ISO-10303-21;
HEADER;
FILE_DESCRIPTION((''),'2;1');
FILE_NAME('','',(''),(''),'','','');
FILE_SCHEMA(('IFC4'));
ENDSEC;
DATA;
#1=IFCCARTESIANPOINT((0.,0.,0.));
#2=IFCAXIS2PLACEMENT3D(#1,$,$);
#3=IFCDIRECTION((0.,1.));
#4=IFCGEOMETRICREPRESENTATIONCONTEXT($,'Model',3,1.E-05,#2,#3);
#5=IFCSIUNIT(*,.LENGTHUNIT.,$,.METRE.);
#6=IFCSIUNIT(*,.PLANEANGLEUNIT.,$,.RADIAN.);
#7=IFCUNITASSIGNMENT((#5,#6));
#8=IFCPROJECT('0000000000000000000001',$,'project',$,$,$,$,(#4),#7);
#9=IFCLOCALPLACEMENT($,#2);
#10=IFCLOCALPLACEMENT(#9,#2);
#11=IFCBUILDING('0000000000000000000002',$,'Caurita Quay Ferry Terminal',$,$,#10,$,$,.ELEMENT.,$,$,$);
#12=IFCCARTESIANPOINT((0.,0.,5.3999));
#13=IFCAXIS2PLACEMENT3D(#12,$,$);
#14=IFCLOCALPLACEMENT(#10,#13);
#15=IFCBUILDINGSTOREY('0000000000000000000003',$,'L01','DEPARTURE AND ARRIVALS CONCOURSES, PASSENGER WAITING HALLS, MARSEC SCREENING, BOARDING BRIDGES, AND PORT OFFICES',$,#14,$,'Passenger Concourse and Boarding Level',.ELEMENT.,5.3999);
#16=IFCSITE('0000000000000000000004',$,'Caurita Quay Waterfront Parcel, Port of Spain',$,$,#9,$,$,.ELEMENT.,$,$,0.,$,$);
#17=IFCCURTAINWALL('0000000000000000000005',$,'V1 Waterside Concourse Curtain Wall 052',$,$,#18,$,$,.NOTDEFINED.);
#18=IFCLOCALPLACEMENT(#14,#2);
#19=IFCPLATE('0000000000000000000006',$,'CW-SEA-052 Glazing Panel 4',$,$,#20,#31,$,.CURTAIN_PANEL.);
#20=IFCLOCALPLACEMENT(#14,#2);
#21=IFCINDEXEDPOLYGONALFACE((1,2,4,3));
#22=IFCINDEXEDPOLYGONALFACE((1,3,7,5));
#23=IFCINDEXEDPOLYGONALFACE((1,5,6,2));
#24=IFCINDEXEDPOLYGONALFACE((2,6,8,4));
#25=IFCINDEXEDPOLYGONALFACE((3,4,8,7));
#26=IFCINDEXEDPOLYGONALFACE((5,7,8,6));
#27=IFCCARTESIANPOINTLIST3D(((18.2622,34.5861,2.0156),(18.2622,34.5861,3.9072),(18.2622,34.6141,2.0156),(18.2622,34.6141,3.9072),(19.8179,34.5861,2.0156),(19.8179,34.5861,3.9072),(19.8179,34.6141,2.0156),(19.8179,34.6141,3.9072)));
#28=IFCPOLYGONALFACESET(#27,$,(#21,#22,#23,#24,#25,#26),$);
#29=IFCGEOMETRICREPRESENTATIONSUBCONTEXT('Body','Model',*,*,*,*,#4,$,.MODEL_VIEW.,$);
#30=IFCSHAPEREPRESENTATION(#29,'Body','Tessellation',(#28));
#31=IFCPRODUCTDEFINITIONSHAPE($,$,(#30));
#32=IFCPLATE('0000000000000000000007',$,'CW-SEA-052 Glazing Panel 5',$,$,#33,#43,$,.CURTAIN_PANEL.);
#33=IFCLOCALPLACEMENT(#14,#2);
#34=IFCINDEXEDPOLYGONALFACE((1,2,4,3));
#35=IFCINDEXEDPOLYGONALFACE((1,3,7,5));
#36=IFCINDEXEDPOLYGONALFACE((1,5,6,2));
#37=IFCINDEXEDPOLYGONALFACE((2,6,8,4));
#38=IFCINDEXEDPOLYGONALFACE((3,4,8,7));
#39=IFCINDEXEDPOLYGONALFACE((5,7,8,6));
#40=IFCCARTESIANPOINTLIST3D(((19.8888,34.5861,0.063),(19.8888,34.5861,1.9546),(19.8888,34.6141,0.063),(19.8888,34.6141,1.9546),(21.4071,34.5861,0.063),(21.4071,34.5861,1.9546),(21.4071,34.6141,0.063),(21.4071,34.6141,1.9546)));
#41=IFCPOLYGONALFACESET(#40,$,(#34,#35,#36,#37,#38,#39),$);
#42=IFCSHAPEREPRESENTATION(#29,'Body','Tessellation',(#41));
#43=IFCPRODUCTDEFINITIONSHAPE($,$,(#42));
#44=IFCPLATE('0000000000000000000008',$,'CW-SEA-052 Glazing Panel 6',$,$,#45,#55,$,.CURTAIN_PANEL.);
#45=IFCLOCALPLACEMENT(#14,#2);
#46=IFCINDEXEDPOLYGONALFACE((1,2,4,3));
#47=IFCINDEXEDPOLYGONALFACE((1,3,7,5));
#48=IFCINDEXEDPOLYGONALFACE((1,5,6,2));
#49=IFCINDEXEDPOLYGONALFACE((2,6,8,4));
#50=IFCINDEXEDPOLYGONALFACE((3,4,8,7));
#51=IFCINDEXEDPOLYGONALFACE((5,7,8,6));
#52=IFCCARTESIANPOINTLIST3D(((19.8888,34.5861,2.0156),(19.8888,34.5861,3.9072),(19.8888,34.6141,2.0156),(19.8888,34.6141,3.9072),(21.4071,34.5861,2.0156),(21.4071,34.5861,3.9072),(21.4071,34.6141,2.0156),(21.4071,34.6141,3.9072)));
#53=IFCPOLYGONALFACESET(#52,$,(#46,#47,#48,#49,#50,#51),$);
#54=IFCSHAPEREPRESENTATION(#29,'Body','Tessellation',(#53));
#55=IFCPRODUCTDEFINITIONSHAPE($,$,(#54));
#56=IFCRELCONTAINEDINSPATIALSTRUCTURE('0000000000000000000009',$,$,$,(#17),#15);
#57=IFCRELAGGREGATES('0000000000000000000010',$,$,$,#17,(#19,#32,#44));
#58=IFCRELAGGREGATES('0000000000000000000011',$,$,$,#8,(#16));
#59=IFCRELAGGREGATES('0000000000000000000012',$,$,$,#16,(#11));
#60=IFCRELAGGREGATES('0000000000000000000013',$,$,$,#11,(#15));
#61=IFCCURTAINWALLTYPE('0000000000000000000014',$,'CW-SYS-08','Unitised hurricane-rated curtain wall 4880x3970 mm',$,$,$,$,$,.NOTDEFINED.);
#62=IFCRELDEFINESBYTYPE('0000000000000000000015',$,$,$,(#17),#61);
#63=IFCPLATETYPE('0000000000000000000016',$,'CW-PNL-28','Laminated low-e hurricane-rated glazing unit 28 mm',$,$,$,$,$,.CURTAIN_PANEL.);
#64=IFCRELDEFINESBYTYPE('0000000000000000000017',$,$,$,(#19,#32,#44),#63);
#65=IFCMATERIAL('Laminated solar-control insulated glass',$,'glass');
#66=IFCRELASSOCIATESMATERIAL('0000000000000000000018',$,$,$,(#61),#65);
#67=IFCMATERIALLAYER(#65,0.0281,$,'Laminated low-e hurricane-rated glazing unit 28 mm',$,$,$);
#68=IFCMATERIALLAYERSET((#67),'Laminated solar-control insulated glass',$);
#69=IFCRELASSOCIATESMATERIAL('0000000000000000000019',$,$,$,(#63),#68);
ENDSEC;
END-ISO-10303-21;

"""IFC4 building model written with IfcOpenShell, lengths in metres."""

from ifc_helpers import new_model, si_unit, direction, frame, origin, origin_2d, place, context, subcontext, project, spatial, rectangle, extrude, material, layer, layer_set, type_object, element, aggregate, save


model = new_model("IFC4")

# Units and contexts
model_context = context("Model", 3, precision=1e-05, world=origin(), true_north=direction((0.0, 1.0)))
body_context = subcontext(model_context, "Body", "Model", "MODEL_VIEW")
ifc_project = project(units=[si_unit("LENGTHUNIT", "METRE"), si_unit("PLANEANGLEUNIT", "RADIAN")], contexts=[model_context])

# Site, building, storey
site_placement = place(None, origin())
site = spatial("IfcSite", under=ifc_project, at=site_placement, Name="Caurita Quay Waterfront Parcel, Port of Spain", CompositionType="ELEMENT", RefElevation=0.0)
building_placement = place(site_placement, origin())
building = spatial("IfcBuilding", under=site, at=building_placement, Name="Caurita Quay Ferry Terminal", CompositionType="ELEMENT")
storey_placement = place(building_placement, frame((0.0, 0.0, 5.3999)))
storey = spatial("IfcBuildingStorey", under=building, at=storey_placement, Name="L01", Description="DEPARTURE AND ARRIVALS CONCOURSES, PASSENGER WAITING HALLS, MARSEC SCREENING, BOARDING BRIDGES, AND PORT OFFICES", LongName="Passenger Concourse and Boarding Level", CompositionType="ELEMENT", Elevation=5.3999)

# Curtain wall
ifc_material_1 = material(Name="Laminated solar-control insulated glass", Category="glass")
curtain_wall_type = type_object("IfcCurtainWallType", Name="CW-SYS-08", Description="Unitised hurricane-rated curtain wall 4880x3970 mm", PredefinedType="NOTDEFINED", material=ifc_material_1)
curtain_wall_1_placement = place(storey_placement, origin())
curtain_wall_1 = element("IfcCurtainWall", 1, at=curtain_wall_1_placement, inside=storey, type_object=curtain_wall_type, Name="V1 Waterside Concourse Curtain Wall 052", PredefinedType="NOTDEFINED")

# Plates
ifc_layer = layer(ifc_material_1, 0.0281, Name="Laminated low-e hurricane-rated glazing unit 28 mm")
ifc_layer_set = layer_set([ifc_layer], Name="Laminated solar-control insulated glass")
plate_type = type_object("IfcPlateType", Name="CW-PNL-28", Description="Laminated low-e hurricane-rated glazing unit 28 mm", PredefinedType="CURTAIN_PANEL", material=ifc_layer_set)
plate_1_placement = place(storey_placement, frame((19.04, 34.6001, 2.0156), z_axis=(0.0, 0.0, 1.0), x_axis=(1.0, 0.0, 0.0)))
plate_1 = element("IfcPlate", 2, at=plate_1_placement, type_object=plate_type, Name="CW-SEA-052 Glazing Panel 4", PredefinedType="CURTAIN_PANEL", context=body_context, shape_type="SweptSolid", body=[
    extrude(rectangle(XDim=1.5557, YDim=0.0281, at=origin_2d()), origin(), (0.0, 0.0, 1.0), 1.8916),
])
plate_2_placement = place(storey_placement, frame((20.6479, 34.6001, 0.063), z_axis=(0.0, 0.0, 1.0), x_axis=(1.0, 0.0, 0.0)))
plate_2 = element("IfcPlate", 3, at=plate_2_placement, type_object=plate_type, Name="CW-SEA-052 Glazing Panel 5", PredefinedType="CURTAIN_PANEL", context=body_context, shape_type="SweptSolid", body=[
    extrude(rectangle(XDim=1.5183, YDim=0.0281, at=origin_2d()), origin(), (0.0, 0.0, 1.0), 1.8916),
])
plate_3_placement = place(storey_placement, frame((20.6479, 34.6001, 2.0156), z_axis=(0.0, 0.0, 1.0), x_axis=(1.0, 0.0, 0.0)))
plate_3 = element("IfcPlate", 4, at=plate_3_placement, type_object=plate_type, Name="CW-SEA-052 Glazing Panel 6", PredefinedType="CURTAIN_PANEL", context=body_context, shape_type="SweptSolid", body=[
    extrude(rectangle(XDim=1.5183, YDim=0.0281, at=origin_2d()), origin(), (0.0, 0.0, 1.0), 1.8916),
])
aggregate(curtain_wall_1, [plate_1, plate_2, plate_3])

save(model, "model.ifc")
